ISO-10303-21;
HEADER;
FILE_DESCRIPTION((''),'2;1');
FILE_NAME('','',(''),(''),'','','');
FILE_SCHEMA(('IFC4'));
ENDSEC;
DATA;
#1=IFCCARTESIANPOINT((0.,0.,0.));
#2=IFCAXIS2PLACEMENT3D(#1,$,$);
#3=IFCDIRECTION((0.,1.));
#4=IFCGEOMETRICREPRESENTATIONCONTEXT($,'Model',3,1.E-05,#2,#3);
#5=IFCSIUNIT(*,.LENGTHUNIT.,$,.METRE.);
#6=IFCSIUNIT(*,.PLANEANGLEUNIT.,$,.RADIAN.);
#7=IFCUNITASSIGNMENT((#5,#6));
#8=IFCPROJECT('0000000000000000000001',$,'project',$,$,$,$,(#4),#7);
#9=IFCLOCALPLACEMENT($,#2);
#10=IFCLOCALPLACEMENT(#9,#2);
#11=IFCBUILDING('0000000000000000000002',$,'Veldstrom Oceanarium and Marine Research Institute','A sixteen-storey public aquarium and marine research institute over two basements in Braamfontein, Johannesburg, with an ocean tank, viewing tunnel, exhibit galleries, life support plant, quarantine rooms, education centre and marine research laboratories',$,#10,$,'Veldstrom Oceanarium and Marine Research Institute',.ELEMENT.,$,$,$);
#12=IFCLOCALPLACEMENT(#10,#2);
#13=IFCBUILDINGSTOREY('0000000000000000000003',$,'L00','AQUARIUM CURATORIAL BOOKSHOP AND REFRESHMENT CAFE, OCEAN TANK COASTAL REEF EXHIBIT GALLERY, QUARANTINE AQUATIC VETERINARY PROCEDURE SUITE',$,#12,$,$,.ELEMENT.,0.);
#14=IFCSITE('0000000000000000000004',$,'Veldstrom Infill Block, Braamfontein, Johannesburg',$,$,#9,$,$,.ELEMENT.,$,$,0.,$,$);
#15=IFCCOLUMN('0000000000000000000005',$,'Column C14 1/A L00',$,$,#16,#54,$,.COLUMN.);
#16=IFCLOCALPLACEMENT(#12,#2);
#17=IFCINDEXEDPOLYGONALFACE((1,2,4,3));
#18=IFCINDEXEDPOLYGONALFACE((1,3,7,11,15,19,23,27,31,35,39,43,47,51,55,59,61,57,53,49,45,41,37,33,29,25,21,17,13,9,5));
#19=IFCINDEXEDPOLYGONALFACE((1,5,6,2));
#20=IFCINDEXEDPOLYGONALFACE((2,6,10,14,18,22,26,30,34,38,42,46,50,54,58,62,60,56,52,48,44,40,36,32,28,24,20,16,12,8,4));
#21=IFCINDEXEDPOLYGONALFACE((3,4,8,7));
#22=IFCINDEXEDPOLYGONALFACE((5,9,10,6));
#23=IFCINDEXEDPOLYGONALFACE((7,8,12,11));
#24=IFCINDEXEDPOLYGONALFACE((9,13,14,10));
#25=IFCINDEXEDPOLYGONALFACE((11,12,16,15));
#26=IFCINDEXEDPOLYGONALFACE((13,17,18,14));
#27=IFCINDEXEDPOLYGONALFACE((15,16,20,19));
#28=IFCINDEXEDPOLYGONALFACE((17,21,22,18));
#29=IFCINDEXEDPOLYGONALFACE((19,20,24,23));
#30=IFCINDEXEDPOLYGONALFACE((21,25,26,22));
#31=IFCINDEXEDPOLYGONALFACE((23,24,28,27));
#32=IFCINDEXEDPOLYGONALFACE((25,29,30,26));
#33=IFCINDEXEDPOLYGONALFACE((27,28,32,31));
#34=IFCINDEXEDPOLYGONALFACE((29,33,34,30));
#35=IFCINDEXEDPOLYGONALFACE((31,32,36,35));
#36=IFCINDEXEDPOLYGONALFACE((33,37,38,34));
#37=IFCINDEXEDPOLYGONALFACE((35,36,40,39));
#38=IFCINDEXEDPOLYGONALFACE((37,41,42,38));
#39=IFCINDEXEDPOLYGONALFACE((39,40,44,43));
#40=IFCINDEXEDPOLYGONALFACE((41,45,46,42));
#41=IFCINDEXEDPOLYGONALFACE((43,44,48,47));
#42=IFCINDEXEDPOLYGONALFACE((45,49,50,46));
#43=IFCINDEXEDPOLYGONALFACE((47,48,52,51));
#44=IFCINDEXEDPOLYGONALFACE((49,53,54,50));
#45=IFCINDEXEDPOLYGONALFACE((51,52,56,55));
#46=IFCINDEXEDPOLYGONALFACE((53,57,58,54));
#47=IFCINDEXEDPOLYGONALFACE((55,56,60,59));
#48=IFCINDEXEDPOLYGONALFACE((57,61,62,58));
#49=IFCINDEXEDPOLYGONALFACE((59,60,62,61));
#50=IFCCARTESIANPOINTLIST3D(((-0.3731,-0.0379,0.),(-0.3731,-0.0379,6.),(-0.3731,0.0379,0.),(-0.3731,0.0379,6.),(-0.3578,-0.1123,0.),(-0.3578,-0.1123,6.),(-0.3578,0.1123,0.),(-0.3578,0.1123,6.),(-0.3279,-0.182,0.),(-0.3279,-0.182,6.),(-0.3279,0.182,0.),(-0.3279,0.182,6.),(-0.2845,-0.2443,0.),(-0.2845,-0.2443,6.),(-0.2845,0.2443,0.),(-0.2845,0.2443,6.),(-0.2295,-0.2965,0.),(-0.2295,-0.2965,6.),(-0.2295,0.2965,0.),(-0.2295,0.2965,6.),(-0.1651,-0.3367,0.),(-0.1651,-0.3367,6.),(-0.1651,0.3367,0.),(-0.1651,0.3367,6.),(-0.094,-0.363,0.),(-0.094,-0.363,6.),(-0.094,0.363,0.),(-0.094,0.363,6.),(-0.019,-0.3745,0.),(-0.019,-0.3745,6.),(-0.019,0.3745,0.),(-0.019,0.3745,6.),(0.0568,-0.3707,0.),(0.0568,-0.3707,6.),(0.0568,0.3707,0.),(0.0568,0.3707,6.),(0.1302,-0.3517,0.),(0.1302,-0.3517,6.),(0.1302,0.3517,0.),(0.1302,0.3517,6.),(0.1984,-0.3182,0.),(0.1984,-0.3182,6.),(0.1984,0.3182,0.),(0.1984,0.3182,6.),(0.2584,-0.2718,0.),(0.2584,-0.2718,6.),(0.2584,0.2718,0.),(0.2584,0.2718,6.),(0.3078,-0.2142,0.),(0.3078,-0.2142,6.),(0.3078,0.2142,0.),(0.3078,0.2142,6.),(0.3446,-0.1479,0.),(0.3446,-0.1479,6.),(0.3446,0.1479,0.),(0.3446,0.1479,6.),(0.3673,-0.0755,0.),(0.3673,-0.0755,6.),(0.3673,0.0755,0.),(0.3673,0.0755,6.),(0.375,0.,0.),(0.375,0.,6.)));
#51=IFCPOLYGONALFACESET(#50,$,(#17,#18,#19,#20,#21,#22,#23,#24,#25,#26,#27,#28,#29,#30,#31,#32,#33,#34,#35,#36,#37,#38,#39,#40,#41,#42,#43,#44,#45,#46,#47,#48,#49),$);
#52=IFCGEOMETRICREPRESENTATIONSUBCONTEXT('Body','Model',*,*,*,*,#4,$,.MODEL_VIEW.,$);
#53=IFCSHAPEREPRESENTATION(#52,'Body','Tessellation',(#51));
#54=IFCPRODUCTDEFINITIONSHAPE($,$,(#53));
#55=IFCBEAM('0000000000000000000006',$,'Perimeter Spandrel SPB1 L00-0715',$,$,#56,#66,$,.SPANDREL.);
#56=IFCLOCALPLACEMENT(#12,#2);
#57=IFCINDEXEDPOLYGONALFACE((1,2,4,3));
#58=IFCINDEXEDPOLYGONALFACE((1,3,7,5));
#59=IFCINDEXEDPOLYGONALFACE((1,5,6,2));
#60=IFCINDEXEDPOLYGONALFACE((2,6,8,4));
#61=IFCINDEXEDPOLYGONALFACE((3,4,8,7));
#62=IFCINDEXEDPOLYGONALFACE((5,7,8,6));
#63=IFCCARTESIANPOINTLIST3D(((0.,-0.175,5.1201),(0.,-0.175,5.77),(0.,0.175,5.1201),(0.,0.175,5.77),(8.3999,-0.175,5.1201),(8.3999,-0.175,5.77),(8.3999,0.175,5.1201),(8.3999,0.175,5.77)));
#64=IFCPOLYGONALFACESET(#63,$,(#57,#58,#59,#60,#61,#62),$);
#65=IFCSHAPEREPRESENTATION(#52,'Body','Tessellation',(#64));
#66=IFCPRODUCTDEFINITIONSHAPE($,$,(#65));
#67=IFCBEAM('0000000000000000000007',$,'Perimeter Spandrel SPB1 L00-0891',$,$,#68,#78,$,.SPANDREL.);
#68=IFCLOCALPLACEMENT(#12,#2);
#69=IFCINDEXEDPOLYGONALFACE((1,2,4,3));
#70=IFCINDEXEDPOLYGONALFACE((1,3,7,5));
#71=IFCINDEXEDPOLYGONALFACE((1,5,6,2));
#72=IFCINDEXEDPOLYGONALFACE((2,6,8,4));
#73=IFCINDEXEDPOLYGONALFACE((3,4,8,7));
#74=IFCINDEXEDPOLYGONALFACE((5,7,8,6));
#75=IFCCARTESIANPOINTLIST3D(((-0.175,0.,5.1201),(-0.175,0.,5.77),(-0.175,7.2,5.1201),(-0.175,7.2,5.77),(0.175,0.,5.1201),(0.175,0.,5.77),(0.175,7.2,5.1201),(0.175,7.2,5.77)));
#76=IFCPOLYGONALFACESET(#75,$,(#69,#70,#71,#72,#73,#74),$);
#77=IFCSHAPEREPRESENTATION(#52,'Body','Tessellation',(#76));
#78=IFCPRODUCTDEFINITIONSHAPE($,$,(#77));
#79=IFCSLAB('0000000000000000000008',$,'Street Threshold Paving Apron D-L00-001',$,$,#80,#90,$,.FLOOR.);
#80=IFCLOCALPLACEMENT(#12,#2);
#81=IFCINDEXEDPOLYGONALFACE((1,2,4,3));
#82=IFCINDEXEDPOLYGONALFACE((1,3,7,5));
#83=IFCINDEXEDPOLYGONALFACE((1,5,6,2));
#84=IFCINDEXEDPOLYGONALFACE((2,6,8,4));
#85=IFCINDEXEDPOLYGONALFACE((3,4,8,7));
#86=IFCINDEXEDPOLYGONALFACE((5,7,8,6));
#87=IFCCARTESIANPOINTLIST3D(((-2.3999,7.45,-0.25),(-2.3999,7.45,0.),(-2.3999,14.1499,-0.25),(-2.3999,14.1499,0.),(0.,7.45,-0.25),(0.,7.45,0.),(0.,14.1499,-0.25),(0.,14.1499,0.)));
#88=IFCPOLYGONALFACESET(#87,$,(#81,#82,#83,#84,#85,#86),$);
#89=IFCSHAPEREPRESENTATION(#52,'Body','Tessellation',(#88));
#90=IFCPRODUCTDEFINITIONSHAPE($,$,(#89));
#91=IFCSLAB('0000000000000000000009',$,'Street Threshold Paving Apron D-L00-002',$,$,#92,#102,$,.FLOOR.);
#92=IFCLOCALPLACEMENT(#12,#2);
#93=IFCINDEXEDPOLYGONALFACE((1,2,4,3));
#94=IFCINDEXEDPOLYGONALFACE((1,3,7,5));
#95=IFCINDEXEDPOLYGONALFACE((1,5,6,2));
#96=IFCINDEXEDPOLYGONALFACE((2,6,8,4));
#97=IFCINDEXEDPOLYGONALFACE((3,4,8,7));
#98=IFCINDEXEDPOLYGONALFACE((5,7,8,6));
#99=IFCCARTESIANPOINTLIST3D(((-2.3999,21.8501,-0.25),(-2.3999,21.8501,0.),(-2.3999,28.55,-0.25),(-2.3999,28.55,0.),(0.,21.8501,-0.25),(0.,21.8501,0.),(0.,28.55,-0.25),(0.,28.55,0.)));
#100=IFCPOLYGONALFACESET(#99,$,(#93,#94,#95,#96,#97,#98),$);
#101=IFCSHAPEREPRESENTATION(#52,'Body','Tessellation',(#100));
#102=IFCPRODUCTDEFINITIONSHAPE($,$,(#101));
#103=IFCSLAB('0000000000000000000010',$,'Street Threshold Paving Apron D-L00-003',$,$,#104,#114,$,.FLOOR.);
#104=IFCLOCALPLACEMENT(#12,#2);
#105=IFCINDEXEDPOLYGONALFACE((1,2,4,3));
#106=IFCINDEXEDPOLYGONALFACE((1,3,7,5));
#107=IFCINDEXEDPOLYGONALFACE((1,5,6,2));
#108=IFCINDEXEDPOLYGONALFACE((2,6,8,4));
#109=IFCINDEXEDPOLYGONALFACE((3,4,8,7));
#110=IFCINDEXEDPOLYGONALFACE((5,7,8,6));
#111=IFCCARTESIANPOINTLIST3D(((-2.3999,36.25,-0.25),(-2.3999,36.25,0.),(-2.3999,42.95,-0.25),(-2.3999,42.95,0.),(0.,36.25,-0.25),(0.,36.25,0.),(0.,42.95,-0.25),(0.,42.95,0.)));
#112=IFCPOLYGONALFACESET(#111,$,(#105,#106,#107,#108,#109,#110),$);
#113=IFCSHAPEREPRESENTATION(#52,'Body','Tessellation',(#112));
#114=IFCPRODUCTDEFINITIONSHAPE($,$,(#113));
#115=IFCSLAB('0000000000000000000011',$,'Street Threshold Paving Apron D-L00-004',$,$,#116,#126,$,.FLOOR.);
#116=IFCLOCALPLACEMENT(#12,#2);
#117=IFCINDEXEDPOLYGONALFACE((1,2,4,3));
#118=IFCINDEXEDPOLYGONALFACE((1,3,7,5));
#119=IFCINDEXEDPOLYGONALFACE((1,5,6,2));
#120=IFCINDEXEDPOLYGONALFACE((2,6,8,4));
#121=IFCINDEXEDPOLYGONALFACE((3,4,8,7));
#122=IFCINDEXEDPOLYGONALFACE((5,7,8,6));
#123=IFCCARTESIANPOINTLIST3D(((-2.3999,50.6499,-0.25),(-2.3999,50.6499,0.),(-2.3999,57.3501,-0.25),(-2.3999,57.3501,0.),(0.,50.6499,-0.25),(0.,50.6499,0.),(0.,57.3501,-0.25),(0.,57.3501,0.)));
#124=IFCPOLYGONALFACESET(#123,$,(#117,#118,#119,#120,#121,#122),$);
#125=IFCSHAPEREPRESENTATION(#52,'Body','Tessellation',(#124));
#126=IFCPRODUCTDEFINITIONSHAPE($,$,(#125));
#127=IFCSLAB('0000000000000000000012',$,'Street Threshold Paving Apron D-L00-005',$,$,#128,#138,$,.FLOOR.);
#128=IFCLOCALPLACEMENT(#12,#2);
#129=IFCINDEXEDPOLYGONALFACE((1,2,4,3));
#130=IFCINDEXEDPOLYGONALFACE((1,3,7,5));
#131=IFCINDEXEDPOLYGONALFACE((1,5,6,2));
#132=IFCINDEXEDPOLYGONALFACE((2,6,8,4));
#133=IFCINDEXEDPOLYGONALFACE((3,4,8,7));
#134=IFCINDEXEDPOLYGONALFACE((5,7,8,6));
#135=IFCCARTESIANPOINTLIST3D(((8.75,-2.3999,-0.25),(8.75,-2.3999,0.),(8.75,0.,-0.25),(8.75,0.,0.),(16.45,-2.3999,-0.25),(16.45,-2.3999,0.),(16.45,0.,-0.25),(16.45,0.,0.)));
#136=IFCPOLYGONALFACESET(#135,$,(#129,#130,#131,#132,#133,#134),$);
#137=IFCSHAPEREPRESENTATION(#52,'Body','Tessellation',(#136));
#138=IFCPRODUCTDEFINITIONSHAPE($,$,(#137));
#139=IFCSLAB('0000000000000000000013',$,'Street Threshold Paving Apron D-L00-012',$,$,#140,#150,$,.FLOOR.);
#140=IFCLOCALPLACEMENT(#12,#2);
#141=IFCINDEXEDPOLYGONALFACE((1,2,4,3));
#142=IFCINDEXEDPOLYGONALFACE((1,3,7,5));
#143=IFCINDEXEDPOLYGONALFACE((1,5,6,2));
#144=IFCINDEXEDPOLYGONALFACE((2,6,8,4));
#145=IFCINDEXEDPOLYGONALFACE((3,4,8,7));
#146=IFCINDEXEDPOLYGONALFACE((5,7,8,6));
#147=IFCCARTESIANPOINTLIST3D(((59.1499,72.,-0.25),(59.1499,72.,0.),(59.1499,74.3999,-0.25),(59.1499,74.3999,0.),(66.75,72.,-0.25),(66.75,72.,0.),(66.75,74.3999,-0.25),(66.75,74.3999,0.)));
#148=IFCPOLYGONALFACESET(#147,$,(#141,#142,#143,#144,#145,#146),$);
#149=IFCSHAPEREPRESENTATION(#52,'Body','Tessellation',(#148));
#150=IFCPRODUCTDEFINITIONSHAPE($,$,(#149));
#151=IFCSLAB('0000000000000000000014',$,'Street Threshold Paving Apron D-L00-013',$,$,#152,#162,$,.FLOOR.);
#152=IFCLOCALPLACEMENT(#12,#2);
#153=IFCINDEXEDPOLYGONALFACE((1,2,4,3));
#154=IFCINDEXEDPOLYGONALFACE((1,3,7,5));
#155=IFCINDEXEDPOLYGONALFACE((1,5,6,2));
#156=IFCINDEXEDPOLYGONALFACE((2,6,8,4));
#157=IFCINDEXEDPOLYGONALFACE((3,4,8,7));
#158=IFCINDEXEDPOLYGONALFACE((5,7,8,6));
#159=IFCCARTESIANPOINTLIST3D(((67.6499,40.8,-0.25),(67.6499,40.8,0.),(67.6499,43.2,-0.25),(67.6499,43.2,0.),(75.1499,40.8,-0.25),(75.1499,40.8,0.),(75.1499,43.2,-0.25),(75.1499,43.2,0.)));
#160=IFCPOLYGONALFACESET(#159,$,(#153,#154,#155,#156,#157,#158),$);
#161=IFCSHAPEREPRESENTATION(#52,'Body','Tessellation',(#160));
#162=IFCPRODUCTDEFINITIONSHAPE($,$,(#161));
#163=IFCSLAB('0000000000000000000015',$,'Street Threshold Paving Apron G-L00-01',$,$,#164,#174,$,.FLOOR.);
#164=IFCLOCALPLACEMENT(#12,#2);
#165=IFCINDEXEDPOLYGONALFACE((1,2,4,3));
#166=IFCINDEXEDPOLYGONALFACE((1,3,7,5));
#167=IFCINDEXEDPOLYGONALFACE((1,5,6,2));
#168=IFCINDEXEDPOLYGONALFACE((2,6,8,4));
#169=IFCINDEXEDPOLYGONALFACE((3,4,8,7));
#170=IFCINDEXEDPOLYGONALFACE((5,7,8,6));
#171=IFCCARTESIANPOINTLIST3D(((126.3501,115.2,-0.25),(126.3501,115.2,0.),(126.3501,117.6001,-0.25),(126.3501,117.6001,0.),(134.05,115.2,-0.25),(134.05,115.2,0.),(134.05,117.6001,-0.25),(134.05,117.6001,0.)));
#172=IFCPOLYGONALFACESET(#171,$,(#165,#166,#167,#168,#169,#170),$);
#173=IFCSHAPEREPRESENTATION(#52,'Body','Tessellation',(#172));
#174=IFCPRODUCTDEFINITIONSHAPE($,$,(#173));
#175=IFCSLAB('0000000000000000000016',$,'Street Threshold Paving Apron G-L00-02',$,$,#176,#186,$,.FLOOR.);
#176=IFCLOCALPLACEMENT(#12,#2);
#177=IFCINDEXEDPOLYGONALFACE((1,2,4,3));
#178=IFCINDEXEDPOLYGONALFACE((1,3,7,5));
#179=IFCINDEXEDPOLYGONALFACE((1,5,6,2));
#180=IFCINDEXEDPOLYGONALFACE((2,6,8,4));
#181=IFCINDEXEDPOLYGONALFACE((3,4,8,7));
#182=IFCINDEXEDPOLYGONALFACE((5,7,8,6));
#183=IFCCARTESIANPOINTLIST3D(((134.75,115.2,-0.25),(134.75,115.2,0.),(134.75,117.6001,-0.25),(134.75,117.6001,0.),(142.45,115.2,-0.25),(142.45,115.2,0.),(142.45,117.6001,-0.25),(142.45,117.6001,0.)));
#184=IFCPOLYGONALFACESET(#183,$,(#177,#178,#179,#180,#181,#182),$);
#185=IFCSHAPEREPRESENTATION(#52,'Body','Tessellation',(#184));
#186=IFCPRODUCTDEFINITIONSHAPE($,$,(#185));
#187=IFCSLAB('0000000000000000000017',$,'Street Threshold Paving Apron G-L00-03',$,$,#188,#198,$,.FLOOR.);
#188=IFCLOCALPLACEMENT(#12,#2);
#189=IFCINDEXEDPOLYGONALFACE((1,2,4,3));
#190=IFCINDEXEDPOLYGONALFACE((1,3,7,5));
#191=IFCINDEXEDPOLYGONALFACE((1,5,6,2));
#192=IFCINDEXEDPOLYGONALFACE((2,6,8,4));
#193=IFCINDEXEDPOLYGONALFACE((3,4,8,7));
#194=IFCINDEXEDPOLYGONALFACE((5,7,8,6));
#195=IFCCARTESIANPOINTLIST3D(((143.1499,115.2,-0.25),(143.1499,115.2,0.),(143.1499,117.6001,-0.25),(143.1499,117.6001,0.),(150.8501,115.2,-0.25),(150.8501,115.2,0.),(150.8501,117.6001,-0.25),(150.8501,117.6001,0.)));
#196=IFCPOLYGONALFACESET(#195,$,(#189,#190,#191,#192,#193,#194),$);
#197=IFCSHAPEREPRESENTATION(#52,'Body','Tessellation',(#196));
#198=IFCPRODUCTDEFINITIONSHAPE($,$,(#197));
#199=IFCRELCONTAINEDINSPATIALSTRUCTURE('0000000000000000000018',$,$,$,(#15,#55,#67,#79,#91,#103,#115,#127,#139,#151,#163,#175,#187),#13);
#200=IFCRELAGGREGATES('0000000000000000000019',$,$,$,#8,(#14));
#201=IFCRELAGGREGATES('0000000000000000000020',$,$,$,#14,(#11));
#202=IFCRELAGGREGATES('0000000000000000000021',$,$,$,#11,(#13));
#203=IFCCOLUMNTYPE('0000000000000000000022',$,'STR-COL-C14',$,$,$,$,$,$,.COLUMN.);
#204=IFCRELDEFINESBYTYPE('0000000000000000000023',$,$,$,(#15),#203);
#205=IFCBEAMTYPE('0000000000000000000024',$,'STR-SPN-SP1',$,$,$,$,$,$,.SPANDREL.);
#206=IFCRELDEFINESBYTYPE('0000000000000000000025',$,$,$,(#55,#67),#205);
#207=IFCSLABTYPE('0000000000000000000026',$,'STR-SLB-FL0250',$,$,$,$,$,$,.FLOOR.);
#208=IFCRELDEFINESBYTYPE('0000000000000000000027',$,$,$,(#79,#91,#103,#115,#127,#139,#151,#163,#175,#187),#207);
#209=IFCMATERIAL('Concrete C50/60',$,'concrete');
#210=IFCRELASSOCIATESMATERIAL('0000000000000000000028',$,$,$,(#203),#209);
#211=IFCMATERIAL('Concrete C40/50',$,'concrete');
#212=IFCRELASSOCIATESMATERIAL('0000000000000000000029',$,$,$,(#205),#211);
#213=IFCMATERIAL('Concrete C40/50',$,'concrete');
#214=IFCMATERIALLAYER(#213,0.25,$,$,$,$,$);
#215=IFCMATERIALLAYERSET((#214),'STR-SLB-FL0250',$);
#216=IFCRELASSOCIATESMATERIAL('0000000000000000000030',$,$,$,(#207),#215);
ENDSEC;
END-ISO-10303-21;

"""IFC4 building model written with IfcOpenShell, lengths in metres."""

from ifc_helpers import new_model, si_unit, direction, frame, origin, origin_with_axes, origin_2d, place, context, subcontext, project, spatial, polyline, rectangle, circle, outline, extrude, material, layer, layer_set, material_profile, profile_set, type_object, element, save


model = new_model("IFC4")

# Units and contexts
model_context = context("Model", 3, precision=1e-05, world=origin(), true_north=direction((0.0, 1.0)))
body_context = subcontext(model_context, "Body", "Model", "MODEL_VIEW")
ifc_project = project(units=[si_unit("LENGTHUNIT", "METRE"), si_unit("PLANEANGLEUNIT", "RADIAN")], contexts=[model_context])

# Site, building, storey
site_placement = place(None, origin())
site = spatial("IfcSite", under=ifc_project, at=site_placement, Name="Veldstrom Infill Block, Braamfontein, Johannesburg", CompositionType="ELEMENT", RefElevation=0.0)
building_placement = place(site_placement, origin())
building = spatial("IfcBuilding", under=site, at=building_placement, Name="Veldstrom Oceanarium and Marine Research Institute", Description="A sixteen-storey public aquarium and marine research institute over two basements in Braamfontein, Johannesburg, with an ocean tank, viewing tunnel, exhibit galleries, life support plant, quarantine rooms, education centre and marine research laboratories", LongName="Veldstrom Oceanarium and Marine Research Institute", CompositionType="ELEMENT")
storey_placement = place(building_placement, origin())
storey = spatial("IfcBuildingStorey", under=building, at=storey_placement, Name="L00", Description="AQUARIUM CURATORIAL BOOKSHOP AND REFRESHMENT CAFE, OCEAN TANK COASTAL REEF EXHIBIT GALLERY, QUARANTINE AQUATIC VETERINARY PROCEDURE SUITE", CompositionType="ELEMENT", Elevation=0.0)

# Column
ifc_material_1 = material(Name="Concrete C50/60", Category="concrete")
ifc_material_profile_1 = material_profile(ifc_material_1, circle(Radius=0.375, at=origin_2d()), Name="RC-COL-D750")
ifc_profile_set_1 = profile_set([ifc_material_profile_1], Name="Concrete C50/60")
column_type = type_object("IfcColumnType", Name="STR-COL-C14", PredefinedType="COLUMN", material=ifc_profile_set_1)
column_placement = place(storey_placement, origin_with_axes())
element("IfcColumn", 1, at=column_placement, inside=storey, type_object=column_type, Name="Column C14 1/A L00", PredefinedType="COLUMN", context=body_context, shape_type="SweptSolid", body=[
    extrude(circle(Radius=0.375, at=origin_2d()), origin(), (0.0, 0.0, 1.0), 6.0),
])

# Beams
ifc_material_2 = material(Name="Concrete C40/50", Category="concrete")
ifc_material_profile_2 = material_profile(ifc_material_2, rectangle(XDim=0.3501, YDim=0.6499, at=origin_2d()), Name="RC-SPN-350x650")
ifc_profile_set_2 = profile_set([ifc_material_profile_2], Name="Concrete C40/50")
beam_type = type_object("IfcBeamType", Name="STR-SPN-SP1", PredefinedType="SPANDREL", material=ifc_profile_set_2)
beam_1_placement = place(storey_placement, frame((0.0, 0.0, 5.4451), z_axis=(1.0, 0.0, 0.0), x_axis=(0.0, 1.0, 0.0)))
element("IfcBeam", 2, at=beam_1_placement, inside=storey, type_object=beam_type, Name="Perimeter Spandrel SPB1 L00-0715", PredefinedType="SPANDREL", context=body_context, shape_type="SweptSolid", body=[
    extrude(rectangle(XDim=0.3501, YDim=0.6499, at=origin_2d()), origin(), (0.0, 0.0, 1.0), 8.3999),
])
beam_2_placement = place(storey_placement, frame((0.0, 0.0, 5.4451), z_axis=(0.0, 1.0, 0.0), x_axis=(-1.0, 0.0, 0.0)))
element("IfcBeam", 3, at=beam_2_placement, inside=storey, type_object=beam_type, Name="Perimeter Spandrel SPB1 L00-0891", PredefinedType="SPANDREL", context=body_context, shape_type="SweptSolid", body=[
    extrude(rectangle(XDim=0.3501, YDim=0.6499, at=origin_2d()), origin(), (0.0, 0.0, 1.0), 7.2),
])

# Slabs
ifc_material_3 = material(Name="Concrete C40/50", Category="concrete")
ifc_layer_1 = layer(ifc_material_3, 0.25)
ifc_layer_set_1 = layer_set([ifc_layer_1], Name="STR-SLB-FL0250")
slab_type_1 = type_object("IfcSlabType", Name="STR-SLB-FL0250", PredefinedType="FLOOR", material=ifc_layer_set_1)
slab_1_placement = place(storey_placement, frame((0.0, 0.0, -0.25)))
element("IfcSlab", 4, at=slab_1_placement, inside=storey, type_object=slab_type_1, Name="Street Threshold Paving Apron D-L00-001", PredefinedType="FLOOR", context=body_context, shape_type="SweptSolid", body=[
    extrude(outline(polyline([(-2.3999, 7.45), (0.0, 7.45), (0.0, 14.1499), (-2.3999, 14.1499), (-2.3999, 7.45)])), origin(), (0.0, 0.0, 1.0), 0.25),
])
slab_2_placement = place(storey_placement, frame((0.0, 0.0, -0.25)))
element("IfcSlab", 5, at=slab_2_placement, inside=storey, type_object=slab_type_1, Name="Street Threshold Paving Apron D-L00-002", PredefinedType="FLOOR", context=body_context, shape_type="SweptSolid", body=[
    extrude(outline(polyline([(-2.3999, 21.8501), (0.0, 21.8501), (0.0, 28.55), (-2.3999, 28.55), (-2.3999, 21.8501)])), origin(), (0.0, 0.0, 1.0), 0.25),
])
slab_3_placement = place(storey_placement, frame((0.0, 0.0, -0.25)))
element("IfcSlab", 6, at=slab_3_placement, inside=storey, type_object=slab_type_1, Name="Street Threshold Paving Apron D-L00-003", PredefinedType="FLOOR", context=body_context, shape_type="SweptSolid", body=[
    extrude(outline(polyline([(-2.3999, 36.25), (0.0, 36.25), (0.0, 42.95), (-2.3999, 42.95), (-2.3999, 36.25)])), origin(), (0.0, 0.0, 1.0), 0.25),
])
slab_4_placement = place(storey_placement, frame((0.0, 0.0, -0.25)))
element("IfcSlab", 7, at=slab_4_placement, inside=storey, type_object=slab_type_1, Name="Street Threshold Paving Apron D-L00-004", PredefinedType="FLOOR", context=body_context, shape_type="SweptSolid", body=[
    extrude(outline(polyline([(-2.3999, 50.6499), (0.0, 50.6499), (0.0, 57.3501), (-2.3999, 57.3501), (-2.3999, 50.6499)])), origin(), (0.0, 0.0, 1.0), 0.25),
])
slab_5_placement = place(storey_placement, frame((0.0, 0.0, -0.25)))
element("IfcSlab", 8, at=slab_5_placement, inside=storey, type_object=slab_type_1, Name="Street Threshold Paving Apron D-L00-005", PredefinedType="FLOOR", context=body_context, shape_type="SweptSolid", body=[
    extrude(outline(polyline([(8.75, -2.3999), (16.45, -2.3999), (16.45, 0.0), (8.75, 0.0), (8.75, -2.3999)])), origin(), (0.0, 0.0, 1.0), 0.25),
])
slab_6_placement = place(storey_placement, frame((0.0, 0.0, -0.25)))
element("IfcSlab", 9, at=slab_6_placement, inside=storey, type_object=slab_type_1, Name="Street Threshold Paving Apron D-L00-012", PredefinedType="FLOOR", context=body_context, shape_type="SweptSolid", body=[
    extrude(outline(polyline([(59.1499, 72.0), (66.75, 72.0), (66.75, 74.3999), (59.1499, 74.3999), (59.1499, 72.0)])), origin(), (0.0, 0.0, 1.0), 0.25),
])
slab_7_placement = place(storey_placement, frame((0.0, 0.0, -0.25)))
element("IfcSlab", 10, at=slab_7_placement, inside=storey, type_object=slab_type_1, Name="Street Threshold Paving Apron D-L00-013", PredefinedType="FLOOR", context=body_context, shape_type="SweptSolid", body=[
    extrude(outline(polyline([(67.6499, 40.8), (75.1499, 40.8), (75.1499, 43.2), (67.6499, 43.2), (67.6499, 40.8)])), origin(), (0.0, 0.0, 1.0), 0.25),
])
slab_8_placement = place(storey_placement, frame((0.0, 0.0, -0.25)))
element("IfcSlab", 11, at=slab_8_placement, inside=storey, type_object=slab_type_1, Name="Street Threshold Paving Apron G-L00-01", PredefinedType="FLOOR", context=body_context, shape_type="SweptSolid", body=[
    extrude(outline(polyline([(126.3501, 115.2), (134.05, 115.2), (134.05, 117.6001), (126.3501, 117.6001), (126.3501, 115.2)])), origin(), (0.0, 0.0, 1.0), 0.25),
])
slab_9_placement = place(storey_placement, frame((0.0, 0.0, -0.25)))
element("IfcSlab", 12, at=slab_9_placement, inside=storey, type_object=slab_type_1, Name="Street Threshold Paving Apron G-L00-02", PredefinedType="FLOOR", context=body_context, shape_type="SweptSolid", body=[
    extrude(outline(polyline([(134.75, 115.2), (142.45, 115.2), (142.45, 117.6001), (134.75, 117.6001), (134.75, 115.2)])), origin(), (0.0, 0.0, 1.0), 0.25),
])
slab_10_placement = place(storey_placement, frame((0.0, 0.0, -0.25)))
element("IfcSlab", 13, at=slab_10_placement, inside=storey, type_object=slab_type_1, Name="Street Threshold Paving Apron G-L00-03", PredefinedType="FLOOR", context=body_context, shape_type="SweptSolid", body=[
    extrude(outline(polyline([(143.1499, 115.2), (150.8501, 115.2), (150.8501, 117.6001), (143.1499, 117.6001), (143.1499, 115.2)])), origin(), (0.0, 0.0, 1.0), 0.25),
])

save(model, "model.ifc")
